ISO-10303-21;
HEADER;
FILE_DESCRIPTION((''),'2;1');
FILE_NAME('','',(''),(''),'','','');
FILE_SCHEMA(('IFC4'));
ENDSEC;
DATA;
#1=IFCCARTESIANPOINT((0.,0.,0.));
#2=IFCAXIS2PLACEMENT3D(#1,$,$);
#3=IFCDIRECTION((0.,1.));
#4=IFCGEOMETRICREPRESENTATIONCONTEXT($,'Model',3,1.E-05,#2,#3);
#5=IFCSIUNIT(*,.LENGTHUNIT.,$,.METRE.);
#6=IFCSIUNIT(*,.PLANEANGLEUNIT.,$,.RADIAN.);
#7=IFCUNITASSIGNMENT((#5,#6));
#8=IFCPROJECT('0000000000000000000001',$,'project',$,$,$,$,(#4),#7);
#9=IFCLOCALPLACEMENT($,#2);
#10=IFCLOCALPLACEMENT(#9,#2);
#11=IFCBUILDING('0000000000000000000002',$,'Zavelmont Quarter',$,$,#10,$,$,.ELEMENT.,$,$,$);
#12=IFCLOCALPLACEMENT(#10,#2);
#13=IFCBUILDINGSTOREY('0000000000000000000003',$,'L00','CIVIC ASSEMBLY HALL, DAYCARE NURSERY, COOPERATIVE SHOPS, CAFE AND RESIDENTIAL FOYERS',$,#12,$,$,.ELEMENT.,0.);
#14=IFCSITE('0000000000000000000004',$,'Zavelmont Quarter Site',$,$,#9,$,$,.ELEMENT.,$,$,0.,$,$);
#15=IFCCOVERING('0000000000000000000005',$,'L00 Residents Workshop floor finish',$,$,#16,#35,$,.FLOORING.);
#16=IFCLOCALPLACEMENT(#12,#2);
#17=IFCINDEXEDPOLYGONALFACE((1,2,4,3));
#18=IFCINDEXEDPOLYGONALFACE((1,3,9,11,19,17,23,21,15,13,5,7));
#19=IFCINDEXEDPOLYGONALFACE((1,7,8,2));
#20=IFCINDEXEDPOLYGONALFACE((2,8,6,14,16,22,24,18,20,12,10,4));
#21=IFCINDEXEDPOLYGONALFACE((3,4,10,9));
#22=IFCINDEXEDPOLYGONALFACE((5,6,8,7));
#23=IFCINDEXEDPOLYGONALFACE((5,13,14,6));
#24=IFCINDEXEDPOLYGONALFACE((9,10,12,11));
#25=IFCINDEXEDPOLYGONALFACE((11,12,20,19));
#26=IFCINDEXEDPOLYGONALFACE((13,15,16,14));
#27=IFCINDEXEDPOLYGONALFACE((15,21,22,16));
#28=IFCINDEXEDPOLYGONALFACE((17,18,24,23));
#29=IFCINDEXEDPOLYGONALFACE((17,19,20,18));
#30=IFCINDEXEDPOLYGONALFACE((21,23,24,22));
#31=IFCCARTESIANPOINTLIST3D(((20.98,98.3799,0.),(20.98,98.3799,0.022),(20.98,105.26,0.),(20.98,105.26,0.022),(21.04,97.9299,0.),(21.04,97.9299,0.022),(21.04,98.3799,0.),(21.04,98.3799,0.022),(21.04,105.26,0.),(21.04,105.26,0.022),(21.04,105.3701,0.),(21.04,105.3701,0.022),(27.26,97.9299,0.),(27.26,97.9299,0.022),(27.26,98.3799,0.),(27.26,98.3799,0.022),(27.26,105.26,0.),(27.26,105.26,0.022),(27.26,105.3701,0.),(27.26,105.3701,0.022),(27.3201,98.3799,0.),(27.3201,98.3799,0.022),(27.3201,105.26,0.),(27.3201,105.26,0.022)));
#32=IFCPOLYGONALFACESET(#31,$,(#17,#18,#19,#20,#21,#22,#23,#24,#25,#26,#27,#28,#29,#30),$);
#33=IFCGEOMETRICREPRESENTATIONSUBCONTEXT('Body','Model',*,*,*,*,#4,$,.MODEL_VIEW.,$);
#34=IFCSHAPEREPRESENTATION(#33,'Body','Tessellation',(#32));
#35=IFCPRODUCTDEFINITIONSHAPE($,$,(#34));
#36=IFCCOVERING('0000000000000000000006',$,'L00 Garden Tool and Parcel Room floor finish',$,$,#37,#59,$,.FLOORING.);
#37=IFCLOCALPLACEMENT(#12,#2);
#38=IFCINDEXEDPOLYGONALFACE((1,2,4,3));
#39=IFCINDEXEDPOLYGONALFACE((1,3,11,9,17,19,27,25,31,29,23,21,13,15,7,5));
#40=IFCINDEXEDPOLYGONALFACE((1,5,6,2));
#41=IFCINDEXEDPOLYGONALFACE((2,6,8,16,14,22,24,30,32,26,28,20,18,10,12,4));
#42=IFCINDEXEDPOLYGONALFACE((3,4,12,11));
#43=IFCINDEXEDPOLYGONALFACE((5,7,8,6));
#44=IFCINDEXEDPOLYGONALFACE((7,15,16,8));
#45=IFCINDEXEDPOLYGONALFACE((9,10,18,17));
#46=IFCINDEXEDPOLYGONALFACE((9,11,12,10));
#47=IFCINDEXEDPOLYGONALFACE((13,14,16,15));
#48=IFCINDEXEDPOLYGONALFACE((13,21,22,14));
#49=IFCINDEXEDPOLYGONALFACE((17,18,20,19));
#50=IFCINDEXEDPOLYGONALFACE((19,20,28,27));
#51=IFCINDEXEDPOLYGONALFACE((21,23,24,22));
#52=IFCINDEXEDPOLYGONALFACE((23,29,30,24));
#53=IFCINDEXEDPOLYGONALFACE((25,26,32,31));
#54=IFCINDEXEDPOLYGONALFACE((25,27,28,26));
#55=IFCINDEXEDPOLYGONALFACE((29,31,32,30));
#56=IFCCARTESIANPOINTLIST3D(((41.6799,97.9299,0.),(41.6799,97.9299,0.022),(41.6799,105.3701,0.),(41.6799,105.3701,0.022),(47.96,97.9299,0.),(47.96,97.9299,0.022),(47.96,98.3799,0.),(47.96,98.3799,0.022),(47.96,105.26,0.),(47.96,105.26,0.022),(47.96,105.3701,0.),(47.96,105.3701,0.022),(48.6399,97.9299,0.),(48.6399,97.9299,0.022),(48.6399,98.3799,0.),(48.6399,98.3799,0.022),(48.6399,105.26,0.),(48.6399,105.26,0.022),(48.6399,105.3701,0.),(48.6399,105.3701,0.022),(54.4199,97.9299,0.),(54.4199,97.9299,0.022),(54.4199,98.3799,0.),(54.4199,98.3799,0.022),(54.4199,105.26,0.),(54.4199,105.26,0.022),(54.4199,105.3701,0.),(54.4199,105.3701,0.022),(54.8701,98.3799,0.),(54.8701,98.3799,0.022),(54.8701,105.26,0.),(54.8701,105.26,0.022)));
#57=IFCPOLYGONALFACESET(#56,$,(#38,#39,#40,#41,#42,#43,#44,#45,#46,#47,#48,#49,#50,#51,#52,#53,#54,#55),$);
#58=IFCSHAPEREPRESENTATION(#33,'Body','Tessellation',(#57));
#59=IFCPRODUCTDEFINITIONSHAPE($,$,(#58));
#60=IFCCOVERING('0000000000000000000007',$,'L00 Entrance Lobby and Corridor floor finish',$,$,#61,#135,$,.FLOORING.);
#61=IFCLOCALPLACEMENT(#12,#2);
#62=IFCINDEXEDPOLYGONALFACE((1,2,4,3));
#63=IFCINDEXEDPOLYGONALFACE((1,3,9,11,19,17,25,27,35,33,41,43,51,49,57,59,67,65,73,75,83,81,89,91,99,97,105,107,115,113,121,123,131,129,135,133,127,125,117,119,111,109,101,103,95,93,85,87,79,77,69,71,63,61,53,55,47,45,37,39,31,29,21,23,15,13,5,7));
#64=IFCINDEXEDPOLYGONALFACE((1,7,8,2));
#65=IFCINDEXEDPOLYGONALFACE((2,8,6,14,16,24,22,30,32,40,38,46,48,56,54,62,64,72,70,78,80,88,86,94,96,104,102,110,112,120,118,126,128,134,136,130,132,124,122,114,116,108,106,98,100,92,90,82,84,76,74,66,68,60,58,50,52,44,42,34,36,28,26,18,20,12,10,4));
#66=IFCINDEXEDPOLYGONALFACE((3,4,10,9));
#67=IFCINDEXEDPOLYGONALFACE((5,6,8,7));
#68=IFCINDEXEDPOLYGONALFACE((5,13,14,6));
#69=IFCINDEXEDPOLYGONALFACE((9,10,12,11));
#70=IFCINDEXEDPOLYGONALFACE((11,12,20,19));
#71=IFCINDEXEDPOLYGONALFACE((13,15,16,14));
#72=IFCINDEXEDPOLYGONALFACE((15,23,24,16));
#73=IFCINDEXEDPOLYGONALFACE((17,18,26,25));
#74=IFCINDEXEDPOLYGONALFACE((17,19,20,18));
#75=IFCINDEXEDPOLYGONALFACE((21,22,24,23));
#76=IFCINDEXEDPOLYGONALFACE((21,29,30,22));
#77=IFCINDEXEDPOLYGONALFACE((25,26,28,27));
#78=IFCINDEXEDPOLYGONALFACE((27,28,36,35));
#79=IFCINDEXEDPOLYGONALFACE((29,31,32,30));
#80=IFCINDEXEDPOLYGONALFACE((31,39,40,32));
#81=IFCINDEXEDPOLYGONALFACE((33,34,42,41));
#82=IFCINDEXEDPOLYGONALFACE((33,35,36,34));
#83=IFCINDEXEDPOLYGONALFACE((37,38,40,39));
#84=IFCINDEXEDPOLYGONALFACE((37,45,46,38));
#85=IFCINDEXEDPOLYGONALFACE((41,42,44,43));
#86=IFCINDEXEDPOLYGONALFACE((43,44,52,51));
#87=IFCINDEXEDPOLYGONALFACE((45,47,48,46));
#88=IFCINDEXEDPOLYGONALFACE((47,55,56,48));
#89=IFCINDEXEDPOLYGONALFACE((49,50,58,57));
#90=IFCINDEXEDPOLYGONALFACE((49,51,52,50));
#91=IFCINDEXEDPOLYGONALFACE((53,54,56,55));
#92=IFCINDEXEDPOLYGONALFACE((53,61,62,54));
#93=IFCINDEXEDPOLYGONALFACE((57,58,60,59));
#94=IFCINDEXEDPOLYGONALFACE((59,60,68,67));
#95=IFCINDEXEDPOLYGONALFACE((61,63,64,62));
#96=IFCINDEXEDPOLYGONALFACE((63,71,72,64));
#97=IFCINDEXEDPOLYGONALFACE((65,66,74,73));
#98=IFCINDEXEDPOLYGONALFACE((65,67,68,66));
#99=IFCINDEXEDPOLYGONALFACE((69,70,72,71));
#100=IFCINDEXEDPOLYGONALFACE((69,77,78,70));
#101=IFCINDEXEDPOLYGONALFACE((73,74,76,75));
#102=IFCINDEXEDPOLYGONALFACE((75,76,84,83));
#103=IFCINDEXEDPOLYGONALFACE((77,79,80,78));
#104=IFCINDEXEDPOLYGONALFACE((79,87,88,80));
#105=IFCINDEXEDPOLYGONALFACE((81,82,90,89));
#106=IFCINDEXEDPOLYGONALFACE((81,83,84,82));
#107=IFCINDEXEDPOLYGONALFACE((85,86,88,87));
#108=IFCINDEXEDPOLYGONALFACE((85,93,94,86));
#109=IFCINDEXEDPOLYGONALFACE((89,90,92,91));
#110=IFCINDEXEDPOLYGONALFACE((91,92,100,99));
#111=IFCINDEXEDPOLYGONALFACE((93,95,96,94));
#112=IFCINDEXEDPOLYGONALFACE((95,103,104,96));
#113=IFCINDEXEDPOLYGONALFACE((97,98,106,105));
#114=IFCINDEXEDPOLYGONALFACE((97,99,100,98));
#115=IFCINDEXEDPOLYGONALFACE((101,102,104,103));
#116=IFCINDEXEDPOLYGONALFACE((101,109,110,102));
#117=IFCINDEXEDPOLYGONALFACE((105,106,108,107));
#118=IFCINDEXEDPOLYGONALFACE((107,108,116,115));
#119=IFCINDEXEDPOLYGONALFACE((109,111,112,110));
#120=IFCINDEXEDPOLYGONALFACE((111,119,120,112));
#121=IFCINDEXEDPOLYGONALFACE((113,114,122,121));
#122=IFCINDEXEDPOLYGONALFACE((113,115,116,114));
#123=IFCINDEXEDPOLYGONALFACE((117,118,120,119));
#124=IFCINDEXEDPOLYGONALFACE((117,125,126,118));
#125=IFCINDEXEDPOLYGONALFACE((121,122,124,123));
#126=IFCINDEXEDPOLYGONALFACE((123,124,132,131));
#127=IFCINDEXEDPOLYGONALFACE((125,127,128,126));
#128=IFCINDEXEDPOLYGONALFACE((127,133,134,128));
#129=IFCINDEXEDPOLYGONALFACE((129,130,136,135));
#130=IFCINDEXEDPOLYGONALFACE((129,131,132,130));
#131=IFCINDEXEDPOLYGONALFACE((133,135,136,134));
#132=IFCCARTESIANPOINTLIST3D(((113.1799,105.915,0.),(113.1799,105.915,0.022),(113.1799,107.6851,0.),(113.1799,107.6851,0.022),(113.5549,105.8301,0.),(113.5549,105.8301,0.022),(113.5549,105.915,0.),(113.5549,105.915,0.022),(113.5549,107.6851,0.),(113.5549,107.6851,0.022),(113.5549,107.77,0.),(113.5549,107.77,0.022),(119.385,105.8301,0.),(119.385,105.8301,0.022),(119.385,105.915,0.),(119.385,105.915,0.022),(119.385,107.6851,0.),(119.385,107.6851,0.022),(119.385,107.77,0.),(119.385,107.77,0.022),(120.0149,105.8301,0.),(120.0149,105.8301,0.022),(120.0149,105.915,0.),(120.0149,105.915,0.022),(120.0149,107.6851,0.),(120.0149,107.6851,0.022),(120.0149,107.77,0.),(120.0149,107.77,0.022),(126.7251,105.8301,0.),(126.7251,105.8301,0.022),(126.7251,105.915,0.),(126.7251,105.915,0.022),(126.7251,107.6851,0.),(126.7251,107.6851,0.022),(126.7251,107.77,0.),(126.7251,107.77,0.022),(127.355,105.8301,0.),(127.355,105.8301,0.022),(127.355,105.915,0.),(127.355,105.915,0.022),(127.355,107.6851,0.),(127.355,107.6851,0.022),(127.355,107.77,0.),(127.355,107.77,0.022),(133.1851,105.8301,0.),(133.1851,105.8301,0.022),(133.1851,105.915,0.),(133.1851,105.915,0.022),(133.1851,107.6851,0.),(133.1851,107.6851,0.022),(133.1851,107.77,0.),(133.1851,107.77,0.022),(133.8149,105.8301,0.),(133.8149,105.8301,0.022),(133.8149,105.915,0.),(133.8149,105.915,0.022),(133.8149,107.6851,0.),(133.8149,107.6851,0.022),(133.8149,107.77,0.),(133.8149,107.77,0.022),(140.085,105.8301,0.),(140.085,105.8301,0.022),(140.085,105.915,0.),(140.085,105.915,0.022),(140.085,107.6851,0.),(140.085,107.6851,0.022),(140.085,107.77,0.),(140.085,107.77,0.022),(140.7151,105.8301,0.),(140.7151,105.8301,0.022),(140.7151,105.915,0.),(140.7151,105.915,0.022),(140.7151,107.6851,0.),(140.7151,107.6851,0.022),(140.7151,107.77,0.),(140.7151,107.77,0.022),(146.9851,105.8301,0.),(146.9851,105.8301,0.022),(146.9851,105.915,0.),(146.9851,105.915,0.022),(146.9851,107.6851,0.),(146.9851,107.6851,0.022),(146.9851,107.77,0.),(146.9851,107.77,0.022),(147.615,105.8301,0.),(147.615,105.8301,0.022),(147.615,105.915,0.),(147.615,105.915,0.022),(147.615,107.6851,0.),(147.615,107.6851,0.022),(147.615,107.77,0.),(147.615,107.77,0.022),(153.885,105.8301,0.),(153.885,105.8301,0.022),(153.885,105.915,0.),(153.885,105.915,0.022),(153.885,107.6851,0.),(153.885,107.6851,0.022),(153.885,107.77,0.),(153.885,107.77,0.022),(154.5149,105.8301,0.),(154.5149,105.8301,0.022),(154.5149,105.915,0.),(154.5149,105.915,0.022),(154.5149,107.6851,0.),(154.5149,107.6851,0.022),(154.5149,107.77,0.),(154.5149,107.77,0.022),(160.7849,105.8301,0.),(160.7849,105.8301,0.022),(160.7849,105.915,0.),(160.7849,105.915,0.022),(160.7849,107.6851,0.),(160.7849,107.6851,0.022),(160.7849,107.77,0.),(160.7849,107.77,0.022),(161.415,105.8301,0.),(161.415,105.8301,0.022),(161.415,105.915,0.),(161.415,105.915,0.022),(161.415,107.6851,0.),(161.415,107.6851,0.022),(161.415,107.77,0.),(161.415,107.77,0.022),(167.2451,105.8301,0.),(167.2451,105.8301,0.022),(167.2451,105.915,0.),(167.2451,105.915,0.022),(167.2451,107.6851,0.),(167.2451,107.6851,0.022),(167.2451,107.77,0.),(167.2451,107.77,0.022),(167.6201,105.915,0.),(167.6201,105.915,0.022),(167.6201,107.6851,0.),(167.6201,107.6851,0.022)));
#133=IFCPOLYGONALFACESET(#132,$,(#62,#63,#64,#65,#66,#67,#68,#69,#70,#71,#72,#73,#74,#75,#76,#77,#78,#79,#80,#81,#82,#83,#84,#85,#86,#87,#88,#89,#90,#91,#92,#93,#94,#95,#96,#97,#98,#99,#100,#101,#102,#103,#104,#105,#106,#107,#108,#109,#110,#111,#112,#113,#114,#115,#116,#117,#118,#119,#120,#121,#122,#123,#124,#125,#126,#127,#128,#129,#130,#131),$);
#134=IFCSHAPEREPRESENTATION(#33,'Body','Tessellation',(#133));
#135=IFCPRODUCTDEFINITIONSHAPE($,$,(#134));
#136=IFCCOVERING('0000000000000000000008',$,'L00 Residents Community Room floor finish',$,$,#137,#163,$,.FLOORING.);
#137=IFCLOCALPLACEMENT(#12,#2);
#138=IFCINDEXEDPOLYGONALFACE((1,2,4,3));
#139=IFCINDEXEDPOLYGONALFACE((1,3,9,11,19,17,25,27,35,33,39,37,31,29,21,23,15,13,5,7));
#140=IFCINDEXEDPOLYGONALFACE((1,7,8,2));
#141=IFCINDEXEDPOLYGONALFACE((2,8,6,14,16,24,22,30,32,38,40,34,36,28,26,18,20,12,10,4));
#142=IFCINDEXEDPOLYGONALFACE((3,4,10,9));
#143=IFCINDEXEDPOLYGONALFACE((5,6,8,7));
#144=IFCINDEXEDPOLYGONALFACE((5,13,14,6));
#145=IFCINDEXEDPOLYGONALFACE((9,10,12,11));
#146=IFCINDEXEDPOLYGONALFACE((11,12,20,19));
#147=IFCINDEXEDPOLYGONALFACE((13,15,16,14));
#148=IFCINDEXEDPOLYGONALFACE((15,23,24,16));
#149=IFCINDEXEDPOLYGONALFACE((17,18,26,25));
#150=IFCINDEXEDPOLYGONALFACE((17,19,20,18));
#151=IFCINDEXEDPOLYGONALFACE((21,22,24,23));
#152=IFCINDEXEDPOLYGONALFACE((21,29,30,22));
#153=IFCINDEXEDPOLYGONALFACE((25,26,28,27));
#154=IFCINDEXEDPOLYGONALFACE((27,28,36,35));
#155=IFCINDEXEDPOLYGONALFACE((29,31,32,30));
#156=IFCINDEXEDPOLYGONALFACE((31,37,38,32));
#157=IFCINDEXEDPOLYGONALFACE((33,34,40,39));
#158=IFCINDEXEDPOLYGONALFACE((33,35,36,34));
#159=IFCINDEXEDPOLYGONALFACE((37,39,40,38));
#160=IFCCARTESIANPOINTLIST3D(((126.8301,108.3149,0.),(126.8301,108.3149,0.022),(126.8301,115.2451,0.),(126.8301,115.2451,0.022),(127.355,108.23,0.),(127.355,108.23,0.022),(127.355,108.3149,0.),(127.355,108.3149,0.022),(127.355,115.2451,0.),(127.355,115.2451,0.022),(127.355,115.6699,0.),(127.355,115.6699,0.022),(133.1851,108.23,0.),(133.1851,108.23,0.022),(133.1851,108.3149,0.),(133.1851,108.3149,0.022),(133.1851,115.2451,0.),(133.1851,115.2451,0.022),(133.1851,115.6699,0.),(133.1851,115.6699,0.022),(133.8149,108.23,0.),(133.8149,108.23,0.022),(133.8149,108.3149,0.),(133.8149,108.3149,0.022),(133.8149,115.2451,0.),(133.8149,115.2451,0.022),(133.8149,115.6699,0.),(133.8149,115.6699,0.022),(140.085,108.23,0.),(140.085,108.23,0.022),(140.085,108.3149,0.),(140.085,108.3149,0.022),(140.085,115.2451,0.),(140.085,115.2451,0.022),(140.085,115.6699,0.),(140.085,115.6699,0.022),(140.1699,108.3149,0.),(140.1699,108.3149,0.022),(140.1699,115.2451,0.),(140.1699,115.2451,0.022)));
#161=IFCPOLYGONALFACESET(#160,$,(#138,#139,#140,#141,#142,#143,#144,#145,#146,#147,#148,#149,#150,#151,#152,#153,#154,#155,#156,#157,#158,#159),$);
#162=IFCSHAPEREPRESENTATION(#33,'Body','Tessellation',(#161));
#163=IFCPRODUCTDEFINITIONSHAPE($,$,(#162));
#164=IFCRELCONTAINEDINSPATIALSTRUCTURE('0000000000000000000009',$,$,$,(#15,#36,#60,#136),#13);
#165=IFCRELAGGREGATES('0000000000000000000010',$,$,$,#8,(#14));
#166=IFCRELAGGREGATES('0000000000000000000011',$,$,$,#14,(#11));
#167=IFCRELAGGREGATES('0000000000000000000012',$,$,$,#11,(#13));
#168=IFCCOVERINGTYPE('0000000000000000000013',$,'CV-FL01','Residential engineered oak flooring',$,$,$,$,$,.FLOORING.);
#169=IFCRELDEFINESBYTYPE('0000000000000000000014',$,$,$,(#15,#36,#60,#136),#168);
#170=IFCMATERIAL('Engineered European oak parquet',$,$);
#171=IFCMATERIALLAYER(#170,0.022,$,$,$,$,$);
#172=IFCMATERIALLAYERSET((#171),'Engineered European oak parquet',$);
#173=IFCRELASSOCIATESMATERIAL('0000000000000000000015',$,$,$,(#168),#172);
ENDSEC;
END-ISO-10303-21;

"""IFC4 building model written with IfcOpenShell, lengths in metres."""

from ifc_helpers import new_model, si_unit, direction, origin, place, context, subcontext, project, spatial, polyline, outline, extrude, material, layer, layer_set, type_object, element, save


model = new_model("IFC4")

# Units and contexts
model_context = context("Model", 3, precision=1e-05, world=origin(), true_north=direction((0.0, 1.0)))
body_context = subcontext(model_context, "Body", "Model", "MODEL_VIEW")
ifc_project = project(units=[si_unit("LENGTHUNIT", "METRE"), si_unit("PLANEANGLEUNIT", "RADIAN")], contexts=[model_context])

# Site, building, storey
site_placement = place(None, origin())
site = spatial("IfcSite", under=ifc_project, at=site_placement, Name="Zavelmont Quarter Site", CompositionType="ELEMENT", RefElevation=0.0)
building_placement = place(site_placement, origin())
building = spatial("IfcBuilding", under=site, at=building_placement, Name="Zavelmont Quarter", CompositionType="ELEMENT")
storey_placement = place(building_placement, origin())
storey = spatial("IfcBuildingStorey", under=building, at=storey_placement, Name="L00", Description="CIVIC ASSEMBLY HALL, DAYCARE NURSERY, COOPERATIVE SHOPS, CAFE AND RESIDENTIAL FOYERS", CompositionType="ELEMENT", Elevation=0.0)

# Coverings
ifc_material_1 = material(Name="Engineered European oak parquet")
ifc_layer_1 = layer(ifc_material_1, 0.022)
ifc_layer_set_1 = layer_set([ifc_layer_1], Name="Engineered European oak parquet")
covering_type_1 = type_object("IfcCoveringType", Name="CV-FL01", Description="Residential engineered oak flooring", PredefinedType="FLOORING", material=ifc_layer_set_1)
covering_1_placement = place(storey_placement, origin())
element("IfcCovering", 1, at=covering_1_placement, inside=storey, type_object=covering_type_1, Name="L00 Residents Workshop floor finish", PredefinedType="FLOORING", context=body_context, shape_type="SweptSolid", body=[
    extrude(outline(polyline([(20.98, 105.26), (21.04, 105.26), (21.04, 105.3701), (27.26, 105.3701), (27.26, 105.26), (27.3201, 105.26), (27.3201, 98.3799), (27.26, 98.3799), (27.26, 97.9299), (21.04, 97.9299), (21.04, 98.3799), (20.98, 98.3799), (20.98, 105.26)])), origin(), (0.0, 0.0, 1.0), 0.022),
])
covering_2_placement = place(storey_placement, origin())
element("IfcCovering", 2, at=covering_2_placement, inside=storey, type_object=covering_type_1, Name="L00 Garden Tool and Parcel Room floor finish", PredefinedType="FLOORING", context=body_context, shape_type="SweptSolid", body=[
    extrude(outline(polyline([(41.6799, 105.3701), (47.96, 105.3701), (47.96, 105.26), (48.6399, 105.26), (48.6399, 105.3701), (54.4199, 105.3701), (54.4199, 105.26), (54.8701, 105.26), (54.8701, 98.3799), (54.4199, 98.3799), (54.4199, 97.9299), (48.6399, 97.9299), (48.6399, 98.3799), (47.96, 98.3799), (47.96, 97.9299), (41.6799, 97.9299), (41.6799, 105.3701)])), origin(), (0.0, 0.0, 1.0), 0.022),
])
covering_3_placement = place(storey_placement, origin())
element("IfcCovering", 3, at=covering_3_placement, inside=storey, type_object=covering_type_1, Name="L00 Entrance Lobby and Corridor floor finish", PredefinedType="FLOORING", context=body_context, shape_type="SweptSolid", body=[
    extrude(outline(polyline([(113.1799, 107.6851), (113.5549, 107.6851), (113.5549, 107.77), (119.385, 107.77), (119.385, 107.6851), (120.0149, 107.6851), (120.0149, 107.77), (126.7251, 107.77), (126.7251, 107.6851), (127.355, 107.6851), (127.355, 107.77), (133.1851, 107.77), (133.1851, 107.6851), (133.8149, 107.6851), (133.8149, 107.77), (140.085, 107.77), (140.085, 107.6851), (140.7151, 107.6851), (140.7151, 107.77), (146.9851, 107.77), (146.9851, 107.6851), (147.615, 107.6851), (147.615, 107.77), (153.885, 107.77), (153.885, 107.6851), (154.5149, 107.6851), (154.5149, 107.77), (160.7849, 107.77), (160.7849, 107.6851), (161.415, 107.6851), (161.415, 107.77), (167.2451, 107.77), (167.2451, 107.6851), (167.6201, 107.6851), (167.6201, 105.915), (167.2451, 105.915), (167.2451, 105.8301), (161.415, 105.8301), (161.415, 105.915), (160.7849, 105.915), (160.7849, 105.8301), (154.5149, 105.8301), (154.5149, 105.915), (153.885, 105.915), (153.885, 105.8301), (147.615, 105.8301), (147.615, 105.915), (146.9851, 105.915), (146.9851, 105.8301), (140.7151, 105.8301), (140.7151, 105.915), (140.085, 105.915), (140.085, 105.8301), (133.8149, 105.8301), (133.8149, 105.915), (133.1851, 105.915), (133.1851, 105.8301), (127.355, 105.8301), (127.355, 105.915), (126.7251, 105.915), (126.7251, 105.8301), (120.0149, 105.8301), (120.0149, 105.915), (119.385, 105.915), (119.385, 105.8301), (113.5549, 105.8301), (113.5549, 105.915), (113.1799, 105.915), (113.1799, 107.6851)])), origin(), (0.0, 0.0, 1.0), 0.022),
])
covering_4_placement = place(storey_placement, origin())
element("IfcCovering", 4, at=covering_4_placement, inside=storey, type_object=covering_type_1, Name="L00 Residents Community Room floor finish", PredefinedType="FLOORING", context=body_context, shape_type="SweptSolid", body=[
    extrude(outline(polyline([(126.8301, 115.2451), (127.355, 115.2451), (127.355, 115.6699), (133.1851, 115.6699), (133.1851, 115.2451), (133.8149, 115.2451), (133.8149, 115.6699), (140.085, 115.6699), (140.085, 115.2451), (140.1699, 115.2451), (140.1699, 108.3149), (140.085, 108.3149), (140.085, 108.23), (133.8149, 108.23), (133.8149, 108.3149), (133.1851, 108.3149), (133.1851, 108.23), (127.355, 108.23), (127.355, 108.3149), (126.8301, 108.3149), (126.8301, 115.2451)])), origin(), (0.0, 0.0, 1.0), 0.022),
])

save(model, "model.ifc")
